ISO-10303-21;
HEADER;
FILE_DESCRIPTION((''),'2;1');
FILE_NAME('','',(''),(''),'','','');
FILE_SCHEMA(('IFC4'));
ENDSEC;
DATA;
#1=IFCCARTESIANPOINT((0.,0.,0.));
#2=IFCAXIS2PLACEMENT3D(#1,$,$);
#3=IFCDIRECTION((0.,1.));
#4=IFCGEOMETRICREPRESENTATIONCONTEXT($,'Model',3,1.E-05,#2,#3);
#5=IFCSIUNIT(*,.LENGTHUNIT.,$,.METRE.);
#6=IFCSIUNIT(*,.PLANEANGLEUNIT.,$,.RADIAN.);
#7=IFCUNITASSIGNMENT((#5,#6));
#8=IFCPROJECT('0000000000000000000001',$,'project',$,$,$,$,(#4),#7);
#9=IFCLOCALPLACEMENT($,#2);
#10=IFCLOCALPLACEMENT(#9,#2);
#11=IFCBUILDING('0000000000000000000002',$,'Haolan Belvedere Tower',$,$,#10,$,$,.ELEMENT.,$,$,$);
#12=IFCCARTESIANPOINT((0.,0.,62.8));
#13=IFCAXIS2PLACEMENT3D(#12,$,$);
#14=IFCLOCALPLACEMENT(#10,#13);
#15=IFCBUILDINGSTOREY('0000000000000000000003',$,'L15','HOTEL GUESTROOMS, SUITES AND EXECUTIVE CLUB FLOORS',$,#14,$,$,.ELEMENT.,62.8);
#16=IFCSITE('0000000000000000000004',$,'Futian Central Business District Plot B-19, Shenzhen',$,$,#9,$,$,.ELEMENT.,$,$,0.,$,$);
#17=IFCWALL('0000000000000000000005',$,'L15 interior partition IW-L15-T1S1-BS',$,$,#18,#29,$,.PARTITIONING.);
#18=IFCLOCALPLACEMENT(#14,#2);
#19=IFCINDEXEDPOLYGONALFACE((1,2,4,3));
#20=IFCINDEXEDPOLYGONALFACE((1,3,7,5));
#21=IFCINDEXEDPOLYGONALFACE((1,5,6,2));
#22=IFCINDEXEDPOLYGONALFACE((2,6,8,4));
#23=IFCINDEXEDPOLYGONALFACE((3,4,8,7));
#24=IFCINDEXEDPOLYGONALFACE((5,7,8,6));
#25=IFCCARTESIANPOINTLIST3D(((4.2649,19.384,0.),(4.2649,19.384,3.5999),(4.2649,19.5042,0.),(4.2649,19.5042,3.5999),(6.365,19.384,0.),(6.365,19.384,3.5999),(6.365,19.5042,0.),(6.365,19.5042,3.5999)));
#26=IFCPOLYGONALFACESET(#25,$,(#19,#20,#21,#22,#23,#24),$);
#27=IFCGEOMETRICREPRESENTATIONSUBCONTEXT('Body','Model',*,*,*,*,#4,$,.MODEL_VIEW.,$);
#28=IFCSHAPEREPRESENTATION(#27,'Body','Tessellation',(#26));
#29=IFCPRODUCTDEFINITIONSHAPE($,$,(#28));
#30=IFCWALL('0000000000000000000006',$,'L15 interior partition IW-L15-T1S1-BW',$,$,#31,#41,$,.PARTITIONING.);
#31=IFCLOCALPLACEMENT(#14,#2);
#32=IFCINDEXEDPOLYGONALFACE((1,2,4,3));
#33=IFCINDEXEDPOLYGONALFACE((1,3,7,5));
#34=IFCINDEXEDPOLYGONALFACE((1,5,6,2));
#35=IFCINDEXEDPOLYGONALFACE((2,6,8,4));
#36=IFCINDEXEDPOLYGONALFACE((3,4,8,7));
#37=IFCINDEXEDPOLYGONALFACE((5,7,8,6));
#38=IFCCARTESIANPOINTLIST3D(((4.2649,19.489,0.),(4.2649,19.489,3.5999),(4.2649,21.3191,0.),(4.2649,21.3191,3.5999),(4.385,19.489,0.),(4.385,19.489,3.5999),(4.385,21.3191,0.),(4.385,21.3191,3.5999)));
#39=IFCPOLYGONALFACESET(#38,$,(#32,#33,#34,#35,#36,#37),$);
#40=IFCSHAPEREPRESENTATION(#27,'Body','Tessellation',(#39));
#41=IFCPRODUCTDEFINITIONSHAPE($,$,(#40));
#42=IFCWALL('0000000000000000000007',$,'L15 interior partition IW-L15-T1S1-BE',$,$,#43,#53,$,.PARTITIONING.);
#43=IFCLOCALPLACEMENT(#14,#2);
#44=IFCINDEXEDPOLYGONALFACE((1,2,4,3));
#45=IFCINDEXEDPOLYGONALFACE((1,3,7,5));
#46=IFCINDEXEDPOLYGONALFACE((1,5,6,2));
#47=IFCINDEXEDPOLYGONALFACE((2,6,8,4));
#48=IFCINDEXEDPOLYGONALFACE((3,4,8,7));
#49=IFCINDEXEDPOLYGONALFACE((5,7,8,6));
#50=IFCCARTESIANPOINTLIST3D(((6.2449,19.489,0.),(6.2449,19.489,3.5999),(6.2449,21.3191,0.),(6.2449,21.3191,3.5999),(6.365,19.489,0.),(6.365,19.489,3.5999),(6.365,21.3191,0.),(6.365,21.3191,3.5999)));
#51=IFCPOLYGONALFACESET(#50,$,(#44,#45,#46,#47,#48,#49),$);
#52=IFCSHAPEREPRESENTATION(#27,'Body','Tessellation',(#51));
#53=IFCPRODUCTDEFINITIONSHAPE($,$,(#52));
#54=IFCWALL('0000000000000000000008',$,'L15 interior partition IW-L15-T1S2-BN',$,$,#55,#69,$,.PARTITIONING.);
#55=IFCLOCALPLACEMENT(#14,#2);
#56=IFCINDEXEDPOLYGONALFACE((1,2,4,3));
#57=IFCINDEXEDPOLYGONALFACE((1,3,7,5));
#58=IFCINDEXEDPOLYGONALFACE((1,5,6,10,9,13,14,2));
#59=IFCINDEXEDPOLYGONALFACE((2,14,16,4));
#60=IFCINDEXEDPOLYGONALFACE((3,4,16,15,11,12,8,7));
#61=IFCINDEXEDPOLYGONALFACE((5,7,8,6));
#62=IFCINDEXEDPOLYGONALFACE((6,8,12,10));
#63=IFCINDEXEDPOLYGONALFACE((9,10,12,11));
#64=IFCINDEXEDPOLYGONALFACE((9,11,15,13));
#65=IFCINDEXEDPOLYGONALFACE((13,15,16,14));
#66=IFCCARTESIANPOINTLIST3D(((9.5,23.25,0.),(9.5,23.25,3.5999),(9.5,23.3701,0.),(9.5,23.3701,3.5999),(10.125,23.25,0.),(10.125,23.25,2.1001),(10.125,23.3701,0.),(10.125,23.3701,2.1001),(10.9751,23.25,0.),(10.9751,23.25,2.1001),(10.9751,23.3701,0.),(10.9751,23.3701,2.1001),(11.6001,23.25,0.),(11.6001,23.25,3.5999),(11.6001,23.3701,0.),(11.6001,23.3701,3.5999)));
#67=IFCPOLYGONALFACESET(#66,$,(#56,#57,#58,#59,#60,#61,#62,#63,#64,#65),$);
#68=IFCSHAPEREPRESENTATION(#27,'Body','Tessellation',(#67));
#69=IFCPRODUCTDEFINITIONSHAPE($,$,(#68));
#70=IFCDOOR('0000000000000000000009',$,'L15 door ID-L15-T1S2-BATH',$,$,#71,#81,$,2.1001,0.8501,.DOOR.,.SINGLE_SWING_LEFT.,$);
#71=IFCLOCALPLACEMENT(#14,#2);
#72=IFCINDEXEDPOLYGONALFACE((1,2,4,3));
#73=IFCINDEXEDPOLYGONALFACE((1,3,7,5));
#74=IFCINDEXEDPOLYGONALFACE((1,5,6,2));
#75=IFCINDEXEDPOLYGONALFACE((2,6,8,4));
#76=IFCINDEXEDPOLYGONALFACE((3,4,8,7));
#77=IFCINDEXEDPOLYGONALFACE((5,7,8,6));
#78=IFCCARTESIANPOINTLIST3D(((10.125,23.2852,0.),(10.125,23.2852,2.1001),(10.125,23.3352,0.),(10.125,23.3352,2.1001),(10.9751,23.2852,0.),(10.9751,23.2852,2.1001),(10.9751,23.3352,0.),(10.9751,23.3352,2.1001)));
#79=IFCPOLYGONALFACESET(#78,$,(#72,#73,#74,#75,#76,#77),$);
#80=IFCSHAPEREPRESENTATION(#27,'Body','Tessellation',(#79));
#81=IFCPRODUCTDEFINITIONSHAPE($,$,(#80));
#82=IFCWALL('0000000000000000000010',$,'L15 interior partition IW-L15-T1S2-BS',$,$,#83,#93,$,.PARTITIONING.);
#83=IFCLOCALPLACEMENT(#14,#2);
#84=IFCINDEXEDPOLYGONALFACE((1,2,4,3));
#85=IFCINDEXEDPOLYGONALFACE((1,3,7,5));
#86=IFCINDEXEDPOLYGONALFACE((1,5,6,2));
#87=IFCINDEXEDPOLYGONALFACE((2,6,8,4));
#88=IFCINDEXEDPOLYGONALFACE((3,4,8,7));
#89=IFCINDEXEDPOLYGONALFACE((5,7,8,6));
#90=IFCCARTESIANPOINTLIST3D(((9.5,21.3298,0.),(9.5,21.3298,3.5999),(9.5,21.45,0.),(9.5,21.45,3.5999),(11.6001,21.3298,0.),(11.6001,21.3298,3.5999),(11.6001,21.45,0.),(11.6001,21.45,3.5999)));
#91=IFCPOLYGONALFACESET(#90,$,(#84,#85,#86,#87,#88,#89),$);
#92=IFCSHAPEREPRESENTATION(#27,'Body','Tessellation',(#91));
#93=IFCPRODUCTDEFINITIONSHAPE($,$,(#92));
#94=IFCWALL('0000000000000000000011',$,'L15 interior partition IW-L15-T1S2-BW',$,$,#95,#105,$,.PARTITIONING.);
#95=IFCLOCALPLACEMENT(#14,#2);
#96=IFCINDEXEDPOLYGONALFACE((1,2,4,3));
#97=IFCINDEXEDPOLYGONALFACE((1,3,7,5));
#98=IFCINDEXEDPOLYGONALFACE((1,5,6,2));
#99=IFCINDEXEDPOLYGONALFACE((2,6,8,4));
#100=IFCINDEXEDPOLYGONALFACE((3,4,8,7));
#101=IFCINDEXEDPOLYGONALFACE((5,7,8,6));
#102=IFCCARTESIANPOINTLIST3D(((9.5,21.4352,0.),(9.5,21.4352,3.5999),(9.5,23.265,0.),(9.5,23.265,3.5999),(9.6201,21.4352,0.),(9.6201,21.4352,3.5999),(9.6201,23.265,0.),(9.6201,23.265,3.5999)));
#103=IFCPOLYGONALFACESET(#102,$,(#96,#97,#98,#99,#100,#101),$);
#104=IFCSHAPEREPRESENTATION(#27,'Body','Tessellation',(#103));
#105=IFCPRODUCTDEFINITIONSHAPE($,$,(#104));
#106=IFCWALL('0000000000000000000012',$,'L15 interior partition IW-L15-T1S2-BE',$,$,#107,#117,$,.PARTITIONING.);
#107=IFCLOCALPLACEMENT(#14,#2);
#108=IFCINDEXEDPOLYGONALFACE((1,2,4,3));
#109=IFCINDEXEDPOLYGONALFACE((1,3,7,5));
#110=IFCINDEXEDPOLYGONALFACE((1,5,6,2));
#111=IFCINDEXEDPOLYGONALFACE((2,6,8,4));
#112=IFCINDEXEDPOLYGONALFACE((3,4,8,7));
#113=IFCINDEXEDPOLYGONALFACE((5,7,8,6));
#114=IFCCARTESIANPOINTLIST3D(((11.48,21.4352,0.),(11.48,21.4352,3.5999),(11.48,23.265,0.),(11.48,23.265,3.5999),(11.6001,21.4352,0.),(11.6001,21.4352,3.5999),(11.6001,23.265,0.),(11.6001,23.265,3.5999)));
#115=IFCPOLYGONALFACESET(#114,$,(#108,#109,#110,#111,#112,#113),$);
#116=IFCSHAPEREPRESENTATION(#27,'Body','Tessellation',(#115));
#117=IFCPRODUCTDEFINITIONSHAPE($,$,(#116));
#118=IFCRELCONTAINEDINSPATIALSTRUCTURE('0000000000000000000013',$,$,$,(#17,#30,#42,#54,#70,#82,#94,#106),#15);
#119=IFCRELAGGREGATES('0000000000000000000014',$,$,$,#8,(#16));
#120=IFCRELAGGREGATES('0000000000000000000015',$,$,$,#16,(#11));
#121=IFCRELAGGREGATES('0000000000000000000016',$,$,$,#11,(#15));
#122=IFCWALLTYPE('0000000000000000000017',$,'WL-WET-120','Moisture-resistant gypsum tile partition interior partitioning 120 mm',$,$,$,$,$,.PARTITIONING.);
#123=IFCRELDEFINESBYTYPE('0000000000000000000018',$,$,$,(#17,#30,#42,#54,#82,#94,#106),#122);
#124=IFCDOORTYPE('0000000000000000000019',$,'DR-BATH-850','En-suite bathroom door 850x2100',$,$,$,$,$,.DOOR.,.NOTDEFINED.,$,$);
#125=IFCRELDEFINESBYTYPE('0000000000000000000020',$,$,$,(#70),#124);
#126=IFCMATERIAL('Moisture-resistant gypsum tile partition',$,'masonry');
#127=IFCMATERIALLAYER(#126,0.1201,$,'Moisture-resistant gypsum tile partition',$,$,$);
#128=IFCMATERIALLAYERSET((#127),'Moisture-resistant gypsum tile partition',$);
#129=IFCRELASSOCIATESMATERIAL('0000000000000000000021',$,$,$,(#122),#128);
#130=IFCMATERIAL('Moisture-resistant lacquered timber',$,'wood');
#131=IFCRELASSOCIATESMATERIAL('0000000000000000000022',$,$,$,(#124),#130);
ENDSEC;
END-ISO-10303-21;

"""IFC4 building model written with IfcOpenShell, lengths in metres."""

from ifc_helpers import new_model, si_unit, direction, frame, frame_2d, origin, place, context, subcontext, project, spatial, rectangle, extrude, material, layer, layer_set, type_object, element, fill, save


model = new_model("IFC4")

# Units and contexts
model_context = context("Model", 3, precision=1e-05, world=origin(), true_north=direction((0.0, 1.0)))
body_context = subcontext(model_context, "Body", "Model", "MODEL_VIEW")
ifc_project = project(units=[si_unit("LENGTHUNIT", "METRE"), si_unit("PLANEANGLEUNIT", "RADIAN")], contexts=[model_context])

# Site, building, storey
site_placement = place(None, origin())
site = spatial("IfcSite", under=ifc_project, at=site_placement, Name="Futian Central Business District Plot B-19, Shenzhen", CompositionType="ELEMENT", RefElevation=0.0)
building_placement = place(site_placement, origin())
building = spatial("IfcBuilding", under=site, at=building_placement, Name="Haolan Belvedere Tower", CompositionType="ELEMENT")
storey_placement = place(building_placement, frame((0.0, 0.0, 62.8)))
storey = spatial("IfcBuildingStorey", under=building, at=storey_placement, Name="L15", Description="HOTEL GUESTROOMS, SUITES AND EXECUTIVE CLUB FLOORS", CompositionType="ELEMENT", Elevation=62.8)

# Shared definitions
ifc_material_1 = material(Name="Moisture-resistant gypsum tile partition", Category="masonry")
ifc_layer_1 = layer(ifc_material_1, 0.1201, Name="Moisture-resistant gypsum tile partition")
ifc_layer_set_1 = layer_set([ifc_layer_1], Name="Moisture-resistant gypsum tile partition")
wall_type_1 = type_object("IfcWallType", Name="WL-WET-120", Description="Moisture-resistant gypsum tile partition interior partitioning 120 mm", PredefinedType="PARTITIONING", material=ifc_layer_set_1)
ifc_material_2 = material(Name="Moisture-resistant lacquered timber", Category="wood")
door_type = type_object("IfcDoorType", Name="DR-BATH-850", Description="En-suite bathroom door 850x2100", OperationType="NOTDEFINED", PredefinedType="DOOR", material=ifc_material_2)

# Walls
wall_1_placement = place(storey_placement, frame((4.2649, 19.4441, 0.0), z_axis=(0.0, 0.0, 1.0), x_axis=(1.0, 0.0, 0.0)))
element("IfcWall", 1, at=wall_1_placement, inside=storey, type_object=wall_type_1, Name="L15 interior partition IW-L15-T1S1-BS", PredefinedType="PARTITIONING", context=body_context, shape_type="SweptSolid", body=[
    extrude(rectangle(XDim=2.1001, YDim=0.1201, at=frame_2d((1.05, 0.0))), origin(), (0.0, 0.0, 1.0), 3.5999),
])
for number, where, z_axis, x_axis, name in (
    (2, (4.325, 19.489, 0.0), (0.0, 0.0, 1.0), (0.0, 1.0, 0.0), "L15 interior partition IW-L15-T1S1-BW"),
    (3, (6.3049, 19.489, 0.0), (0.0, 0.0, 1.0), (0.0, 1.0, 0.0), "L15 interior partition IW-L15-T1S1-BE"),
):
    element("IfcWall", number, at=place(storey_placement, frame(where, z_axis=z_axis, x_axis=x_axis)), inside=storey, type_object=wall_type_1, Name=name, PredefinedType="PARTITIONING", context=body_context, shape_type="SweptSolid", body=[
        extrude(rectangle(XDim=1.8301, YDim=0.1201, at=frame_2d((0.915, 0.0))), origin(), (0.0, 0.0, 1.0), 3.5999),
    ])

# Wall, opening, door
wall_2_placement = place(storey_placement, frame((9.5, 23.3101, 0.0), z_axis=(0.0, 0.0, 1.0), x_axis=(1.0, 0.0, 0.0)))
wall_2 = element("IfcWall", 4, at=wall_2_placement, inside=storey, type_object=wall_type_1, Name="L15 interior partition IW-L15-T1S2-BN", PredefinedType="PARTITIONING", context=body_context, shape_type="SweptSolid", body=[
    extrude(rectangle(XDim=2.1001, YDim=0.1201, at=frame_2d((1.05, 0.0))), origin(), (0.0, 0.0, 1.0), 3.5999),
])
opening_1_placement = place(wall_2_placement, frame((1.4751, 0.0, 0.0), z_axis=(0.0, 0.0, 1.0), x_axis=(-1.0, 0.0, 0.0)))
opening_1 = element("IfcOpeningElement", 5, at=opening_1_placement, cuts=wall_2, PredefinedType="OPENING", context=body_context, shape_type="SweptSolid", body=[
    extrude(rectangle(XDim=0.8501, YDim=2.1001, at=frame_2d((0.425, 1.05))), frame((0.0, 0.0701, 0.0), z_axis=(0.0, -1.0, 0.0), x_axis=(1.0, 0.0, 0.0)), (0.0, 0.0, 1.0), 0.1401),
])
door_1_placement = place(opening_1_placement, origin())
door_1 = element("IfcDoor", 6, at=door_1_placement, inside=storey, type_object=door_type, Name="L15 door ID-L15-T1S2-BATH", OperationType="SINGLE_SWING_LEFT", OverallHeight=2.1001, OverallWidth=0.8501, PredefinedType="DOOR", context=body_context, shape_type="SweptSolid", body=[
    extrude(rectangle(XDim=0.8501, YDim=2.1001, at=frame_2d((0.425, 1.05))), frame((0.0, 0.0249, 0.0), z_axis=(0.0, -1.0, 0.0), x_axis=(1.0, 0.0, 0.0)), (0.0, 0.0, 1.0), 0.05),
])
fill(opening_1, door_1)

# Walls
wall_3_placement = place(storey_placement, frame((9.5, 21.3899, 0.0), z_axis=(0.0, 0.0, 1.0), x_axis=(1.0, 0.0, 0.0)))
element("IfcWall", 7, at=wall_3_placement, inside=storey, type_object=wall_type_1, Name="L15 interior partition IW-L15-T1S2-BS", PredefinedType="PARTITIONING", context=body_context, shape_type="SweptSolid", body=[
    extrude(rectangle(XDim=2.1001, YDim=0.1201, at=frame_2d((1.05, 0.0))), origin(), (0.0, 0.0, 1.0), 3.5999),
])
for number, where, z_axis, x_axis, name in (
    (8, (9.5601, 21.4351, 0.0), (0.0, 0.0, 1.0), (0.0, 1.0, 0.0), "L15 interior partition IW-L15-T1S2-BW"),
    (9, (11.54, 21.4351, 0.0), (0.0, 0.0, 1.0), (0.0, 1.0, 0.0), "L15 interior partition IW-L15-T1S2-BE"),
):
    element("IfcWall", number, at=place(storey_placement, frame(where, z_axis=z_axis, x_axis=x_axis)), inside=storey, type_object=wall_type_1, Name=name, PredefinedType="PARTITIONING", context=body_context, shape_type="SweptSolid", body=[
        extrude(rectangle(XDim=1.8298, YDim=0.1201, at=frame_2d((0.915, 0.0))), origin(), (0.0, 0.0, 1.0), 3.5999),
    ])

save(model, "model.ifc")
